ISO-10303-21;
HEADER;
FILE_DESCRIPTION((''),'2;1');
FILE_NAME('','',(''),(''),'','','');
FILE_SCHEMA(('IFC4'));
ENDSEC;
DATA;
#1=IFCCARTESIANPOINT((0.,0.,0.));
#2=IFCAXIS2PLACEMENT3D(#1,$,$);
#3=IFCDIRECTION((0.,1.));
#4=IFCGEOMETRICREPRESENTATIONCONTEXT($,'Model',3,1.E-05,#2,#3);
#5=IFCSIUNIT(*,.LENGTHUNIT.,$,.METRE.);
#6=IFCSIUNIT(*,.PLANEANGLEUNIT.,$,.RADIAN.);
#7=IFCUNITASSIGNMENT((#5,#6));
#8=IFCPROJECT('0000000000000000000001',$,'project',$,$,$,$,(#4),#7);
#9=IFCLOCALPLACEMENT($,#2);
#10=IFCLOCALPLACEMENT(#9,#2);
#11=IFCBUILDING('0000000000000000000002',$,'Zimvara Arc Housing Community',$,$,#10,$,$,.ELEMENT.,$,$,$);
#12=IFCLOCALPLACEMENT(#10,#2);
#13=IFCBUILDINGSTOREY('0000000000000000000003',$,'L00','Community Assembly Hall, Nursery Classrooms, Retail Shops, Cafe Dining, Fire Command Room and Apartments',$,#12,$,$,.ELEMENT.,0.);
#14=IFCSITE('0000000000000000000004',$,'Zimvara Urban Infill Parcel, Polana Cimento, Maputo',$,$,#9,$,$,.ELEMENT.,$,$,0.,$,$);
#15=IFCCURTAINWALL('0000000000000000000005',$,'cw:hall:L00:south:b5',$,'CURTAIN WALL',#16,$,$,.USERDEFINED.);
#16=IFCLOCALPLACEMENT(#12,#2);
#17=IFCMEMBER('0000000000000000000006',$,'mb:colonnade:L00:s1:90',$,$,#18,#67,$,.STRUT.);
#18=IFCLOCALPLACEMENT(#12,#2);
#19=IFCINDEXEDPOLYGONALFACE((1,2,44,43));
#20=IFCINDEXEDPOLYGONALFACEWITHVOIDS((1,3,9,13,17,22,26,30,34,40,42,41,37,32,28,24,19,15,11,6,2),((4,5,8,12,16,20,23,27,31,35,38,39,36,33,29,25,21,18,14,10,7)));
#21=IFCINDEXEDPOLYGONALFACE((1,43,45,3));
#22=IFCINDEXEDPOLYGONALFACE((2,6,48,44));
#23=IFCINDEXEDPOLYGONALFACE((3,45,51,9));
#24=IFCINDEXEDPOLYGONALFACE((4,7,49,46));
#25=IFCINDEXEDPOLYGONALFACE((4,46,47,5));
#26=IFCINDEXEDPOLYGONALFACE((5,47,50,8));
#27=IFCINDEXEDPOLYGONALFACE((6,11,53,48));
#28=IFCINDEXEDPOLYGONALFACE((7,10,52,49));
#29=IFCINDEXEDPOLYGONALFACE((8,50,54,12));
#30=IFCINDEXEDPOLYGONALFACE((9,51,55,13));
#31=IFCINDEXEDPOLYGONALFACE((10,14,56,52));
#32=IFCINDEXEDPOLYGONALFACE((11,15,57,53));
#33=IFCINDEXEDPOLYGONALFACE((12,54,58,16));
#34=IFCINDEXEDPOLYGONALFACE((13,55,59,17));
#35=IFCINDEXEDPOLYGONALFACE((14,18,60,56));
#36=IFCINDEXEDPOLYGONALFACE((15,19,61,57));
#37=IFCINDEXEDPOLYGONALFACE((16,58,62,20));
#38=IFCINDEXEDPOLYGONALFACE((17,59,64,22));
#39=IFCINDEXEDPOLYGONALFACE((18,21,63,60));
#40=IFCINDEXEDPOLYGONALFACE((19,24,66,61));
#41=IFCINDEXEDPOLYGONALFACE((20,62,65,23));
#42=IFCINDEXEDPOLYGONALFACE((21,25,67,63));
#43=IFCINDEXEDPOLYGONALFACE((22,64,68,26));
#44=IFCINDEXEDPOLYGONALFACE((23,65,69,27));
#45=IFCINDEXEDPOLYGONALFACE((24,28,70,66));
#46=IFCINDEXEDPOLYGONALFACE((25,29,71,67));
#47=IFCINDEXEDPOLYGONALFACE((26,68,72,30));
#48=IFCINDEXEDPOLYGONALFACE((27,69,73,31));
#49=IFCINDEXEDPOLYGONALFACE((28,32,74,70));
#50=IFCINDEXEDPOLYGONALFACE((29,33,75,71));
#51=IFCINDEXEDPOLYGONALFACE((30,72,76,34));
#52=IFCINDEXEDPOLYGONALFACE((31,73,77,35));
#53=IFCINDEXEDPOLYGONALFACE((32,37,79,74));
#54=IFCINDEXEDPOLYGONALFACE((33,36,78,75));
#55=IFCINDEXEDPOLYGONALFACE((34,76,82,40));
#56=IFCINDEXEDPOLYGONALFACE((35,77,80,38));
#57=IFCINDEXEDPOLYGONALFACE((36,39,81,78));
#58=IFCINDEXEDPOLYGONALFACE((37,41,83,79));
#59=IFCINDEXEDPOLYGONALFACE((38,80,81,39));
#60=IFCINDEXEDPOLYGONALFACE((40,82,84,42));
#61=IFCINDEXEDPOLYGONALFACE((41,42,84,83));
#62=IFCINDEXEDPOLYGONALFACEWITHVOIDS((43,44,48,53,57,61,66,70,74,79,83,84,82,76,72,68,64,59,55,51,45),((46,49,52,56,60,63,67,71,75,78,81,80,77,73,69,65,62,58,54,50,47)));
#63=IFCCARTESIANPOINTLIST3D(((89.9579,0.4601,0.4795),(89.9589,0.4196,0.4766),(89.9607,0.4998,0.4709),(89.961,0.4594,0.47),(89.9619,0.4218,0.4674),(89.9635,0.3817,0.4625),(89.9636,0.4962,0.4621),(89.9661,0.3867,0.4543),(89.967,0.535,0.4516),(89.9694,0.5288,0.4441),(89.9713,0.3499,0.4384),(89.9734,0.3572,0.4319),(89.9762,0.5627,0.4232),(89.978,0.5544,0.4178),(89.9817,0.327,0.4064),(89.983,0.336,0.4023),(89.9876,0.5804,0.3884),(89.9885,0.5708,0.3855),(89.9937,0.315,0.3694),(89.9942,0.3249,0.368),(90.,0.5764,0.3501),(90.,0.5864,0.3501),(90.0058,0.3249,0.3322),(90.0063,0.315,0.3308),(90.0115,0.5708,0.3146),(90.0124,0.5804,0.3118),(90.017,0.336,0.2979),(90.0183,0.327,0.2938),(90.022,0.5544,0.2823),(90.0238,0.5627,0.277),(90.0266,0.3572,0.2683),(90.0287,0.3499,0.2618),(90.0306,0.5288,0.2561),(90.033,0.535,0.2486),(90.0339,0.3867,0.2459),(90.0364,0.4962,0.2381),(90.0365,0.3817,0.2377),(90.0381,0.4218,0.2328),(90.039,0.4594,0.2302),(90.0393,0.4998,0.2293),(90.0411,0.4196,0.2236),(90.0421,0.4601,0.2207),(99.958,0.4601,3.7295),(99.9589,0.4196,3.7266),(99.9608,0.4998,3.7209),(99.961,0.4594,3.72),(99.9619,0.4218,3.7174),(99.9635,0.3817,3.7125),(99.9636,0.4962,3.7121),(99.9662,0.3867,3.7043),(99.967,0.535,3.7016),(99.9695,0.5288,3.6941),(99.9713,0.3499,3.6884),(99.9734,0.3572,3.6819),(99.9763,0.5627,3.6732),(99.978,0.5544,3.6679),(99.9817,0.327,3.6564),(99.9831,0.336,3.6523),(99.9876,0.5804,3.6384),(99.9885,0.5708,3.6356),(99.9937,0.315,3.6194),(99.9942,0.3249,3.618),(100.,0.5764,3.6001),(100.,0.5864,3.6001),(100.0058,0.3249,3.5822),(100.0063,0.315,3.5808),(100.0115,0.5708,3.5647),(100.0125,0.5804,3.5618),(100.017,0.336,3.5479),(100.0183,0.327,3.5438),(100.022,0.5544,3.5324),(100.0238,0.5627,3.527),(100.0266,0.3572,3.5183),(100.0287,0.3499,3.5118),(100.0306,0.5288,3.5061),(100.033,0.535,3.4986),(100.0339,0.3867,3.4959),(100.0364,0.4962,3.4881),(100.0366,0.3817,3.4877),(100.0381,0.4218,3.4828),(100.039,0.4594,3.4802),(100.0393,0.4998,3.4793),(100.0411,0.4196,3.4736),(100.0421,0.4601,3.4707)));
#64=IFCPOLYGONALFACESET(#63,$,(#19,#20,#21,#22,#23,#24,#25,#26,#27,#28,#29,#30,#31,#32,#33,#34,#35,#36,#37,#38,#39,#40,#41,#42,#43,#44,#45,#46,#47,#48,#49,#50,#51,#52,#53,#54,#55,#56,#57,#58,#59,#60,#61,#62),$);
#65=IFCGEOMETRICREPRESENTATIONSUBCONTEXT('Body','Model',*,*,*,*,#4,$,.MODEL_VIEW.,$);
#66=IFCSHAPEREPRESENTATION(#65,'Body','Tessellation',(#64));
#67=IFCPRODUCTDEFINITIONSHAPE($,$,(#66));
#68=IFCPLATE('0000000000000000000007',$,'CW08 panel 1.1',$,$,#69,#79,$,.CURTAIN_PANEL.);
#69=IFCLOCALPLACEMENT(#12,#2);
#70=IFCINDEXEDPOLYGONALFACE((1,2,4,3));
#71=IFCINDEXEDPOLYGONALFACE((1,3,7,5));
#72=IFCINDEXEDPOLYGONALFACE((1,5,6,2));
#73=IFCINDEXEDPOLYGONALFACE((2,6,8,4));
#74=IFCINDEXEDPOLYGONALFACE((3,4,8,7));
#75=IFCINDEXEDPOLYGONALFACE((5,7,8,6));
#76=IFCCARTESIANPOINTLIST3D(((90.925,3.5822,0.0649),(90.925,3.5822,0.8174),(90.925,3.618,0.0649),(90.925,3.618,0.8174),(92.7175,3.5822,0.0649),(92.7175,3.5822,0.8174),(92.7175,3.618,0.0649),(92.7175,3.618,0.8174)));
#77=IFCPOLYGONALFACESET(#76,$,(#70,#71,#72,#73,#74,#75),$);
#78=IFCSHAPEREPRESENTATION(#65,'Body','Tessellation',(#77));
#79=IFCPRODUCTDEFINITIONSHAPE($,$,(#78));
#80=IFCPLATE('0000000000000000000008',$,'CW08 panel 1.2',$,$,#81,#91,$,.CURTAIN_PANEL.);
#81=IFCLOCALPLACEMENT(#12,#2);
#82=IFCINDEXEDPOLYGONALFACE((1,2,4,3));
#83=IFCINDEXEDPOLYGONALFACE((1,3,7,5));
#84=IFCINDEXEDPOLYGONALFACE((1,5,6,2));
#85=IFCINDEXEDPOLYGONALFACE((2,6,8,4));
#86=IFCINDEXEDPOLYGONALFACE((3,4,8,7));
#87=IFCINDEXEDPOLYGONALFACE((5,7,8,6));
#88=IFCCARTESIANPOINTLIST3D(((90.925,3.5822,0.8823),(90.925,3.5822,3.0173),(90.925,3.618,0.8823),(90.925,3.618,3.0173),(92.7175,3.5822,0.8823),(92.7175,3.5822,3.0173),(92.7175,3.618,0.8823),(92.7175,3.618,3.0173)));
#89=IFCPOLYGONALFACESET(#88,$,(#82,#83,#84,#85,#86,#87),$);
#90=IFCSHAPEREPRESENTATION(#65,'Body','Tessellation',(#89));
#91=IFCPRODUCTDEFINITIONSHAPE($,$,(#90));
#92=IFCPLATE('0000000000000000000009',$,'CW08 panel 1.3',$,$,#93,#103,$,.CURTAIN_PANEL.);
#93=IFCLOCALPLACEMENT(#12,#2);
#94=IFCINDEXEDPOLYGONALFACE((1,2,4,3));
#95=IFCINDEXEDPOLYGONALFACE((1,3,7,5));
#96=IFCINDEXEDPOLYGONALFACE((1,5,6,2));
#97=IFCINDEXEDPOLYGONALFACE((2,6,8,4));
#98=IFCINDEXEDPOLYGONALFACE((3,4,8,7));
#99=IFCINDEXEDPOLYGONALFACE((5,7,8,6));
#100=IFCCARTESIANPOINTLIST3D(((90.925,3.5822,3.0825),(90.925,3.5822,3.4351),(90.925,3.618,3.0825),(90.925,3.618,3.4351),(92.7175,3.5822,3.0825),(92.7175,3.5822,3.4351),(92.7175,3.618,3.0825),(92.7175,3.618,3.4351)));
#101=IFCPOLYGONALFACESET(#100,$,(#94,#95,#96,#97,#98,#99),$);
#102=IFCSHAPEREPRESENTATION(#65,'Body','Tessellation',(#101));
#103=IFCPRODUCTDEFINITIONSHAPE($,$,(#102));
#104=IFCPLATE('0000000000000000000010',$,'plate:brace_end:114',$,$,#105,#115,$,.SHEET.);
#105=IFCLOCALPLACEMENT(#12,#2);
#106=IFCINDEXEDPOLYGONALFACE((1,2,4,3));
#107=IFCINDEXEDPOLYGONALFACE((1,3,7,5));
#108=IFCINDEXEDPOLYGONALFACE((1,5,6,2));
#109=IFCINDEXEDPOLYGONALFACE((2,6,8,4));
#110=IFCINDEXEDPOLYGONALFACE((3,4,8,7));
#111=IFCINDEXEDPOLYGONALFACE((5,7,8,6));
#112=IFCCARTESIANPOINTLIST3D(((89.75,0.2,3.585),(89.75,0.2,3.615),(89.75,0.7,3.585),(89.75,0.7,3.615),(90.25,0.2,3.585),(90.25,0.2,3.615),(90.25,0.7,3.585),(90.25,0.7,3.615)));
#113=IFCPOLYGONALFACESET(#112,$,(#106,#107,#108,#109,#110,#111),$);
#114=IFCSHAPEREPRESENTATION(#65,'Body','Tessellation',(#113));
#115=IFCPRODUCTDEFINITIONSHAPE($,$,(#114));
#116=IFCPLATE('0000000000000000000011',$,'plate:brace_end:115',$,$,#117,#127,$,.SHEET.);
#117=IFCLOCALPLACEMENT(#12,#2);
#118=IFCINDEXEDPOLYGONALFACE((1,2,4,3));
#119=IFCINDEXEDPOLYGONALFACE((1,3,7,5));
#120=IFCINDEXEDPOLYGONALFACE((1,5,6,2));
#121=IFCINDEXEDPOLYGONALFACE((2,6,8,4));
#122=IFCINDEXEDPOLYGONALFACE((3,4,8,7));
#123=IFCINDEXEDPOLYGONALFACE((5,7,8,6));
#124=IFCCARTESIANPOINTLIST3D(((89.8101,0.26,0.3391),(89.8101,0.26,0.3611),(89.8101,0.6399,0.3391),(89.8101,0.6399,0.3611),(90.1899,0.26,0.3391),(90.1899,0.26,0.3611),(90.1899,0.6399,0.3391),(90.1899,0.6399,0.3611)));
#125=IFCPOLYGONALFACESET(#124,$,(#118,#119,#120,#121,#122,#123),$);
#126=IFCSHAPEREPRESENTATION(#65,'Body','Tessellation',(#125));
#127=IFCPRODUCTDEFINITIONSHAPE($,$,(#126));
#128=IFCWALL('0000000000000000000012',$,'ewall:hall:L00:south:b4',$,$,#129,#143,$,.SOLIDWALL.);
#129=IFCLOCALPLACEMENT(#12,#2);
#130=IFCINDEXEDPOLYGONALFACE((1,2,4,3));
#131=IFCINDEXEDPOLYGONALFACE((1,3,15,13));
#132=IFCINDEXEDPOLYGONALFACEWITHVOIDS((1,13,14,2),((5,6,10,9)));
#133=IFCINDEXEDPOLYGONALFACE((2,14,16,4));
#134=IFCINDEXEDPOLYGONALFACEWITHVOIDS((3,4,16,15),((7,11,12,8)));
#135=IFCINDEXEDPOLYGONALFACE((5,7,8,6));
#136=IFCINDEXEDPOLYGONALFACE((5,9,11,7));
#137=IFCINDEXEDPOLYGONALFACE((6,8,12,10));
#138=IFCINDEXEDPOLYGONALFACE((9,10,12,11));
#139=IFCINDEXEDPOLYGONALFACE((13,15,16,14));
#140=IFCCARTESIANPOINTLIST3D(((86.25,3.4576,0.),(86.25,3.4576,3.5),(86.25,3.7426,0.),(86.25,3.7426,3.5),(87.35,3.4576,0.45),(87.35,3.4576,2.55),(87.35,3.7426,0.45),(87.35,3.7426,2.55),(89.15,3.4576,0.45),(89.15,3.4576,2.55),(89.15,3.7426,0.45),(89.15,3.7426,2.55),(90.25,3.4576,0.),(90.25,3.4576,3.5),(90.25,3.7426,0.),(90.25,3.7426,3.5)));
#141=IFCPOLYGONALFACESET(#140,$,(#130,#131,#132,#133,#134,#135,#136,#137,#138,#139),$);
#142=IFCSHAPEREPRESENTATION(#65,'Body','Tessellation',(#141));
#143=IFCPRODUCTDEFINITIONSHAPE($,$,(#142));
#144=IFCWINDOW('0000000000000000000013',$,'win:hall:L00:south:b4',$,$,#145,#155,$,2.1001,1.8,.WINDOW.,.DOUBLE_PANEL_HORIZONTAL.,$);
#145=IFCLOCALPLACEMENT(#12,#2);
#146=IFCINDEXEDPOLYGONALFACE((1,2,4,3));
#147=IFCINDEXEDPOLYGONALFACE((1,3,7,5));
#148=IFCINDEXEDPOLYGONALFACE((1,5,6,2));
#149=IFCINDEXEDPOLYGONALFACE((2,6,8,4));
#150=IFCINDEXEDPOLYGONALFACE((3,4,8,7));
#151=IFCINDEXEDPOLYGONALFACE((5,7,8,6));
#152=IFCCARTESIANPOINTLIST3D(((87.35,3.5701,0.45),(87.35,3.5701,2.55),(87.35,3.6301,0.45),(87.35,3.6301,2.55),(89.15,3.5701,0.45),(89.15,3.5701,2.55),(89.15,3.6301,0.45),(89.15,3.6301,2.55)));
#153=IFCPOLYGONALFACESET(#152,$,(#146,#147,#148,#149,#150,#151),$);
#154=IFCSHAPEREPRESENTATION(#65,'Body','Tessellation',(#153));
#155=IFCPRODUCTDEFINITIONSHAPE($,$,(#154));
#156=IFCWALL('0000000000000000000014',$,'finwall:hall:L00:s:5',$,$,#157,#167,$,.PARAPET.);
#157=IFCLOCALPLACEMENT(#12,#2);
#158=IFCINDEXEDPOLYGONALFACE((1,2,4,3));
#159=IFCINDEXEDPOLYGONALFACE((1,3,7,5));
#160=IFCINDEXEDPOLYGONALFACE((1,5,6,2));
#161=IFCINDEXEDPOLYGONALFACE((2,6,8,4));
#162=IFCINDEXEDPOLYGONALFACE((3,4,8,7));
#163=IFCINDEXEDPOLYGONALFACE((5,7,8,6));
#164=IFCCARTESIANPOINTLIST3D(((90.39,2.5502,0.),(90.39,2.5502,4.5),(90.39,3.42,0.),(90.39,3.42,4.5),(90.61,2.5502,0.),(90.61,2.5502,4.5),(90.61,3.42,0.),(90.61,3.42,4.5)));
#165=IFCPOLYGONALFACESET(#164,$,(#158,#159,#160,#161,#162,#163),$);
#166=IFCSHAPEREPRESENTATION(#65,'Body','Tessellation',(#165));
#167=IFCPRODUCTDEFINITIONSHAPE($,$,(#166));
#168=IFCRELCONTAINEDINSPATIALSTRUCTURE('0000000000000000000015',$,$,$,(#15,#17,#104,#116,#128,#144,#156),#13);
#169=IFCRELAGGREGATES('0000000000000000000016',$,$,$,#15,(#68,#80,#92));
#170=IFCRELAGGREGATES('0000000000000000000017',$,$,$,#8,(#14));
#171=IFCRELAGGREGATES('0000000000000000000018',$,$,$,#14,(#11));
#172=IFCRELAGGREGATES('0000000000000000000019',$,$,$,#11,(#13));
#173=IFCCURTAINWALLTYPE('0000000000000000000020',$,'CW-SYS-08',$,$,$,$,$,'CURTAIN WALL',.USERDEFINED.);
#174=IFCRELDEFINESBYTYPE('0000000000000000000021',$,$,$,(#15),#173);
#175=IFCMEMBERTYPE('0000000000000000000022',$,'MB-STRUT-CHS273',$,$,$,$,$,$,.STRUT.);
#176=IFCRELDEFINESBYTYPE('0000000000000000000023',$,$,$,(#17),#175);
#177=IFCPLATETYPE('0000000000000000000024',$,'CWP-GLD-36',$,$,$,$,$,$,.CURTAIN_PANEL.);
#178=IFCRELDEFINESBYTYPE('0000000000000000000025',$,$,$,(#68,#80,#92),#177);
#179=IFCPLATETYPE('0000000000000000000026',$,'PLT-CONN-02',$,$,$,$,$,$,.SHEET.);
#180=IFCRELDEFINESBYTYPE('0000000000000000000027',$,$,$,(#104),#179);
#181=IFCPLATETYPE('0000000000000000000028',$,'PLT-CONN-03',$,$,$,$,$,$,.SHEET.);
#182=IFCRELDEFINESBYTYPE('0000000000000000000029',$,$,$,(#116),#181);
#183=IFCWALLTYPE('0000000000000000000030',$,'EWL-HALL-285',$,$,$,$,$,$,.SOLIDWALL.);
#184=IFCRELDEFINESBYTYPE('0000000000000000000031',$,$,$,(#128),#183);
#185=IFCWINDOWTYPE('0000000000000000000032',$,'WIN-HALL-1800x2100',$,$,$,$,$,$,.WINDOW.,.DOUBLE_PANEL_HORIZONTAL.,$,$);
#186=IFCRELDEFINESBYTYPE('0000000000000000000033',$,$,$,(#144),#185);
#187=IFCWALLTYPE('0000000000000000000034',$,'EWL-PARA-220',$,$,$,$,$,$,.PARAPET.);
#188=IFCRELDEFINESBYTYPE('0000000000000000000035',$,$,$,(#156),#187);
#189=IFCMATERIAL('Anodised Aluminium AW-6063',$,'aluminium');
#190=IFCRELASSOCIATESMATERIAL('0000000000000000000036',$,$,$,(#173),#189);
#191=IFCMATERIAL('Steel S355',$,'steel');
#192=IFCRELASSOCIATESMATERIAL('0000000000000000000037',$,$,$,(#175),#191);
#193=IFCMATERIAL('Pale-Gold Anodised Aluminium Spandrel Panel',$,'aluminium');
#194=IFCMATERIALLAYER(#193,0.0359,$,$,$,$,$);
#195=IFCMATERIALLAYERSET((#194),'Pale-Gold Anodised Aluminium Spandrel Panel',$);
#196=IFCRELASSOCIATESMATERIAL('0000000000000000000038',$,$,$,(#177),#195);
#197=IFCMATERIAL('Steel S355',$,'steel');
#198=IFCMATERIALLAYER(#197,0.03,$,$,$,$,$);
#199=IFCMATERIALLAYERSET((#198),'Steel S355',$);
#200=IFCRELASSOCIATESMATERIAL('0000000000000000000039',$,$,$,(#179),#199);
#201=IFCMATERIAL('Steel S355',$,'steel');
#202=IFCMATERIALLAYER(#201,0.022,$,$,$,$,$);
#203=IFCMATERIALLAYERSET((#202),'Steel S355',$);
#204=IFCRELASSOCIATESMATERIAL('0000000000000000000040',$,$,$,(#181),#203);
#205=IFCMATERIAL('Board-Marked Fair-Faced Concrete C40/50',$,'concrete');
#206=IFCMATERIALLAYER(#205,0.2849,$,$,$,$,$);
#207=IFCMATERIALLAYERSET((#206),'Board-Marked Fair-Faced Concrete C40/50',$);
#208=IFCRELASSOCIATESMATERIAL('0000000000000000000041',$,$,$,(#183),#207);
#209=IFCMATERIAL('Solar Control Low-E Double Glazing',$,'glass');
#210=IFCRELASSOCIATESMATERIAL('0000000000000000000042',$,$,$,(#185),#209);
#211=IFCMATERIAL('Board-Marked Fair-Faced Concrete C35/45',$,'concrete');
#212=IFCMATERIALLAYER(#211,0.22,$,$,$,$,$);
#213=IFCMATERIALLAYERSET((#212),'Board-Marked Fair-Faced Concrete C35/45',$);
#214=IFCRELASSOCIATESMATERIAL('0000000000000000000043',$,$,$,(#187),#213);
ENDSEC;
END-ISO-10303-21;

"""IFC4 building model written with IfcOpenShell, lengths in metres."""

from ifc_helpers import new_model, si_unit, direction, frame, frame_2d, origin, origin_2d, place, context, subcontext, project, spatial, rectangle, hollow_circle, extrude, material, layer, layer_set, material_profile, profile_set, type_object, element, fill, aggregate, save


model = new_model("IFC4")

# Units and contexts
model_context = context("Model", 3, precision=1e-05, world=origin(), true_north=direction((0.0, 1.0)))
body_context = subcontext(model_context, "Body", "Model", "MODEL_VIEW")
ifc_project = project(units=[si_unit("LENGTHUNIT", "METRE"), si_unit("PLANEANGLEUNIT", "RADIAN")], contexts=[model_context])

# Site, building, storey
site_placement = place(None, origin())
site = spatial("IfcSite", under=ifc_project, at=site_placement, Name="Zimvara Urban Infill Parcel, Polana Cimento, Maputo", CompositionType="ELEMENT", RefElevation=0.0)
building_placement = place(site_placement, origin())
building = spatial("IfcBuilding", under=site, at=building_placement, Name="Zimvara Arc Housing Community", CompositionType="ELEMENT")
storey_placement = place(building_placement, origin())
storey = spatial("IfcBuildingStorey", under=building, at=storey_placement, Name="L00", Description="Community Assembly Hall, Nursery Classrooms, Retail Shops, Cafe Dining, Fire Command Room and Apartments", CompositionType="ELEMENT", Elevation=0.0)

# Curtain wall
ifc_material_1 = material(Name="Anodised Aluminium AW-6063", Category="aluminium")
curtain_wall_type = type_object("IfcCurtainWallType", Name="CW-SYS-08", ElementType="CURTAIN WALL", PredefinedType="USERDEFINED", material=ifc_material_1)
curtain_wall_placement = place(storey_placement, origin())
curtain_wall = element("IfcCurtainWall", 1, at=curtain_wall_placement, inside=storey, type_object=curtain_wall_type, Name="cw:hall:L00:south:b5", ObjectType="CURTAIN WALL", PredefinedType="USERDEFINED")

# Member
ifc_material_2 = material(Name="Steel S355", Category="steel")
ifc_material_profile_1 = material_profile(ifc_material_2, hollow_circle(Radius=0.1365, WallThickness=0.01, at=origin_2d()), Name="CHS 273.0x10.0")
ifc_profile_set_1 = profile_set([ifc_material_profile_1], Name="Steel S355")
member_type_1 = type_object("IfcMemberType", Name="MB-STRUT-CHS273", PredefinedType="STRUT", material=ifc_profile_set_1)
member_1_placement = place(storey_placement, frame((90.0, 0.45, 0.3501), z_axis=(0.951034, 0.0, 0.309086), x_axis=(0.0, 1.0, 0.0)))
element("IfcMember", 2, at=member_1_placement, inside=storey, type_object=member_type_1, Name="mb:colonnade:L00:s1:90", PredefinedType="STRUT", context=body_context, shape_type="SweptSolid", body=[
    extrude(hollow_circle(Radius=0.1365, WallThickness=0.01, at=origin_2d()), origin(), (0.0, 0.0, 1.0), 10.5149),
])

# Plates
ifc_material_3 = material(Name="Pale-Gold Anodised Aluminium Spandrel Panel", Category="aluminium")
ifc_layer_1 = layer(ifc_material_3, 0.0359)
ifc_layer_set_1 = layer_set([ifc_layer_1], Name="Pale-Gold Anodised Aluminium Spandrel Panel")
plate_type_1 = type_object("IfcPlateType", Name="CWP-GLD-36", PredefinedType="CURTAIN_PANEL", material=ifc_layer_set_1)
plate_1_placement = place(storey_placement, frame((91.8213, 3.6001, 0.0649), z_axis=(0.0, 0.0, 1.0), x_axis=(1.0, 0.0, 0.0)))
plate_1 = element("IfcPlate", 3, at=plate_1_placement, type_object=plate_type_1, Name="CW08 panel 1.1", PredefinedType="CURTAIN_PANEL", context=body_context, shape_type="SweptSolid", body=[
    extrude(rectangle(XDim=1.7925, YDim=0.0359, at=origin_2d()), origin(), (0.0, 0.0, 1.0), 0.7524),
])
plate_2_placement = place(storey_placement, frame((91.8213, 3.6001, 0.8823), z_axis=(0.0, 0.0, 1.0), x_axis=(1.0, 0.0, 0.0)))
plate_2 = element("IfcPlate", 4, at=plate_2_placement, type_object=plate_type_1, Name="CW08 panel 1.2", PredefinedType="CURTAIN_PANEL", context=body_context, shape_type="SweptSolid", body=[
    extrude(rectangle(XDim=1.7925, YDim=0.0359, at=origin_2d()), origin(), (0.0, 0.0, 1.0), 2.135),
])
plate_3_placement = place(storey_placement, frame((91.8213, 3.6001, 3.0825), z_axis=(0.0, 0.0, 1.0), x_axis=(1.0, 0.0, 0.0)))
plate_3 = element("IfcPlate", 5, at=plate_3_placement, type_object=plate_type_1, Name="CW08 panel 1.3", PredefinedType="CURTAIN_PANEL", context=body_context, shape_type="SweptSolid", body=[
    extrude(rectangle(XDim=1.7925, YDim=0.0359, at=origin_2d()), origin(), (0.0, 0.0, 1.0), 0.3525),
])
aggregate(curtain_wall, [plate_1, plate_2, plate_3])

# Plates
ifc_material_4 = material(Name="Steel S355", Category="steel")
ifc_layer_2 = layer(ifc_material_4, 0.03)
ifc_layer_set_2 = layer_set([ifc_layer_2], Name="Steel S355")
plate_type_2 = type_object("IfcPlateType", Name="PLT-CONN-02", PredefinedType="SHEET", material=ifc_layer_set_2)
plate_4_placement = place(storey_placement, frame((90.0, 0.45, 3.585), z_axis=(0.0, 0.0, 1.0), x_axis=(1.0, 0.0, 0.0)))
element("IfcPlate", 6, at=plate_4_placement, inside=storey, type_object=plate_type_2, Name="plate:brace_end:114", PredefinedType="SHEET", context=body_context, shape_type="SweptSolid", body=[
    extrude(rectangle(XDim=0.5, YDim=0.5, at=origin_2d()), origin(), (0.0, 0.0, 1.0), 0.03),
])
ifc_material_5 = material(Name="Steel S355", Category="steel")
ifc_layer_3 = layer(ifc_material_5, 0.022)
ifc_layer_set_3 = layer_set([ifc_layer_3], Name="Steel S355")
plate_type_3 = type_object("IfcPlateType", Name="PLT-CONN-03", PredefinedType="SHEET", material=ifc_layer_set_3)
plate_5_placement = place(storey_placement, frame((90.0, 0.45, 0.3391), z_axis=(0.0, 0.0, 1.0), x_axis=(1.0, 0.0, 0.0)))
element("IfcPlate", 7, at=plate_5_placement, inside=storey, type_object=plate_type_3, Name="plate:brace_end:115", PredefinedType="SHEET", context=body_context, shape_type="SweptSolid", body=[
    extrude(rectangle(XDim=0.3799, YDim=0.3799, at=origin_2d()), origin(), (0.0, 0.0, 1.0), 0.022),
])

# Wall, opening, window
ifc_material_6 = material(Name="Board-Marked Fair-Faced Concrete C40/50", Category="concrete")
ifc_layer_4 = layer(ifc_material_6, 0.2849)
ifc_layer_set_4 = layer_set([ifc_layer_4], Name="Board-Marked Fair-Faced Concrete C40/50")
wall_type_1 = type_object("IfcWallType", Name="EWL-HALL-285", PredefinedType="SOLIDWALL", material=ifc_layer_set_4)
wall_1_placement = place(storey_placement, frame((86.25, 3.6001, 0.0), z_axis=(0.0, 0.0, 1.0), x_axis=(1.0, 0.0, 0.0)))
wall_1 = element("IfcWall", 8, at=wall_1_placement, inside=storey, type_object=wall_type_1, Name="ewall:hall:L00:south:b4", PredefinedType="SOLIDWALL", context=body_context, shape_type="SweptSolid", body=[
    extrude(rectangle(XDim=4.0, YDim=0.2849, at=frame_2d((2.0, 0.0))), origin(), (0.0, 0.0, 1.0), 3.5),
])
opening_1_placement = place(wall_1_placement, frame((1.1001, 0.0, 0.45)))
opening_1 = element("IfcOpeningElement", 9, at=opening_1_placement, cuts=wall_1, PredefinedType="OPENING", context=body_context, shape_type="SweptSolid", body=[
    extrude(rectangle(XDim=1.8, YDim=2.1001, at=frame_2d((0.8999, 1.05))), frame((0.0, 0.1523, 0.0), z_axis=(0.0, -1.0, 0.0), x_axis=(1.0, 0.0, 0.0)), (0.0, 0.0, 1.0), 0.3049),
])
ifc_material_7 = material(Name="Solar Control Low-E Double Glazing", Category="glass")
window_type = type_object("IfcWindowType", Name="WIN-HALL-1800x2100", PartitioningType="DOUBLE_PANEL_HORIZONTAL", PredefinedType="WINDOW", material=ifc_material_7)
window_placement = place(opening_1_placement, origin())
window = element("IfcWindow", 10, at=window_placement, inside=storey, type_object=window_type, Name="win:hall:L00:south:b4", OverallHeight=2.1001, OverallWidth=1.8, PartitioningType="DOUBLE_PANEL_HORIZONTAL", PredefinedType="WINDOW", context=body_context, shape_type="SweptSolid", body=[
    extrude(rectangle(XDim=1.8, YDim=2.1001, at=frame_2d((0.8999, 1.05))), frame((0.0, 0.03, 0.0), z_axis=(0.0, -1.0, 0.0), x_axis=(1.0, 0.0, 0.0)), (0.0, 0.0, 1.0), 0.0601),
])
fill(opening_1, window)

# Wall
ifc_material_8 = material(Name="Board-Marked Fair-Faced Concrete C35/45", Category="concrete")
ifc_layer_5 = layer(ifc_material_8, 0.22)
ifc_layer_set_5 = layer_set([ifc_layer_5], Name="Board-Marked Fair-Faced Concrete C35/45")
wall_type_2 = type_object("IfcWallType", Name="EWL-PARA-220", PredefinedType="PARAPET", material=ifc_layer_set_5)
wall_2_placement = place(storey_placement, frame((90.5, 2.55, 0.0), z_axis=(0.0, 0.0, 1.0), x_axis=(0.0, 1.0, 0.0)))
element("IfcWall", 11, at=wall_2_placement, inside=storey, type_object=wall_type_2, Name="finwall:hall:L00:s:5", PredefinedType="PARAPET", context=body_context, shape_type="SweptSolid", body=[
    extrude(rectangle(XDim=0.8699, YDim=0.22, at=frame_2d((0.4351, 0.0))), origin(), (0.0, 0.0, 1.0), 4.5),
])

save(model, "model.ifc")
